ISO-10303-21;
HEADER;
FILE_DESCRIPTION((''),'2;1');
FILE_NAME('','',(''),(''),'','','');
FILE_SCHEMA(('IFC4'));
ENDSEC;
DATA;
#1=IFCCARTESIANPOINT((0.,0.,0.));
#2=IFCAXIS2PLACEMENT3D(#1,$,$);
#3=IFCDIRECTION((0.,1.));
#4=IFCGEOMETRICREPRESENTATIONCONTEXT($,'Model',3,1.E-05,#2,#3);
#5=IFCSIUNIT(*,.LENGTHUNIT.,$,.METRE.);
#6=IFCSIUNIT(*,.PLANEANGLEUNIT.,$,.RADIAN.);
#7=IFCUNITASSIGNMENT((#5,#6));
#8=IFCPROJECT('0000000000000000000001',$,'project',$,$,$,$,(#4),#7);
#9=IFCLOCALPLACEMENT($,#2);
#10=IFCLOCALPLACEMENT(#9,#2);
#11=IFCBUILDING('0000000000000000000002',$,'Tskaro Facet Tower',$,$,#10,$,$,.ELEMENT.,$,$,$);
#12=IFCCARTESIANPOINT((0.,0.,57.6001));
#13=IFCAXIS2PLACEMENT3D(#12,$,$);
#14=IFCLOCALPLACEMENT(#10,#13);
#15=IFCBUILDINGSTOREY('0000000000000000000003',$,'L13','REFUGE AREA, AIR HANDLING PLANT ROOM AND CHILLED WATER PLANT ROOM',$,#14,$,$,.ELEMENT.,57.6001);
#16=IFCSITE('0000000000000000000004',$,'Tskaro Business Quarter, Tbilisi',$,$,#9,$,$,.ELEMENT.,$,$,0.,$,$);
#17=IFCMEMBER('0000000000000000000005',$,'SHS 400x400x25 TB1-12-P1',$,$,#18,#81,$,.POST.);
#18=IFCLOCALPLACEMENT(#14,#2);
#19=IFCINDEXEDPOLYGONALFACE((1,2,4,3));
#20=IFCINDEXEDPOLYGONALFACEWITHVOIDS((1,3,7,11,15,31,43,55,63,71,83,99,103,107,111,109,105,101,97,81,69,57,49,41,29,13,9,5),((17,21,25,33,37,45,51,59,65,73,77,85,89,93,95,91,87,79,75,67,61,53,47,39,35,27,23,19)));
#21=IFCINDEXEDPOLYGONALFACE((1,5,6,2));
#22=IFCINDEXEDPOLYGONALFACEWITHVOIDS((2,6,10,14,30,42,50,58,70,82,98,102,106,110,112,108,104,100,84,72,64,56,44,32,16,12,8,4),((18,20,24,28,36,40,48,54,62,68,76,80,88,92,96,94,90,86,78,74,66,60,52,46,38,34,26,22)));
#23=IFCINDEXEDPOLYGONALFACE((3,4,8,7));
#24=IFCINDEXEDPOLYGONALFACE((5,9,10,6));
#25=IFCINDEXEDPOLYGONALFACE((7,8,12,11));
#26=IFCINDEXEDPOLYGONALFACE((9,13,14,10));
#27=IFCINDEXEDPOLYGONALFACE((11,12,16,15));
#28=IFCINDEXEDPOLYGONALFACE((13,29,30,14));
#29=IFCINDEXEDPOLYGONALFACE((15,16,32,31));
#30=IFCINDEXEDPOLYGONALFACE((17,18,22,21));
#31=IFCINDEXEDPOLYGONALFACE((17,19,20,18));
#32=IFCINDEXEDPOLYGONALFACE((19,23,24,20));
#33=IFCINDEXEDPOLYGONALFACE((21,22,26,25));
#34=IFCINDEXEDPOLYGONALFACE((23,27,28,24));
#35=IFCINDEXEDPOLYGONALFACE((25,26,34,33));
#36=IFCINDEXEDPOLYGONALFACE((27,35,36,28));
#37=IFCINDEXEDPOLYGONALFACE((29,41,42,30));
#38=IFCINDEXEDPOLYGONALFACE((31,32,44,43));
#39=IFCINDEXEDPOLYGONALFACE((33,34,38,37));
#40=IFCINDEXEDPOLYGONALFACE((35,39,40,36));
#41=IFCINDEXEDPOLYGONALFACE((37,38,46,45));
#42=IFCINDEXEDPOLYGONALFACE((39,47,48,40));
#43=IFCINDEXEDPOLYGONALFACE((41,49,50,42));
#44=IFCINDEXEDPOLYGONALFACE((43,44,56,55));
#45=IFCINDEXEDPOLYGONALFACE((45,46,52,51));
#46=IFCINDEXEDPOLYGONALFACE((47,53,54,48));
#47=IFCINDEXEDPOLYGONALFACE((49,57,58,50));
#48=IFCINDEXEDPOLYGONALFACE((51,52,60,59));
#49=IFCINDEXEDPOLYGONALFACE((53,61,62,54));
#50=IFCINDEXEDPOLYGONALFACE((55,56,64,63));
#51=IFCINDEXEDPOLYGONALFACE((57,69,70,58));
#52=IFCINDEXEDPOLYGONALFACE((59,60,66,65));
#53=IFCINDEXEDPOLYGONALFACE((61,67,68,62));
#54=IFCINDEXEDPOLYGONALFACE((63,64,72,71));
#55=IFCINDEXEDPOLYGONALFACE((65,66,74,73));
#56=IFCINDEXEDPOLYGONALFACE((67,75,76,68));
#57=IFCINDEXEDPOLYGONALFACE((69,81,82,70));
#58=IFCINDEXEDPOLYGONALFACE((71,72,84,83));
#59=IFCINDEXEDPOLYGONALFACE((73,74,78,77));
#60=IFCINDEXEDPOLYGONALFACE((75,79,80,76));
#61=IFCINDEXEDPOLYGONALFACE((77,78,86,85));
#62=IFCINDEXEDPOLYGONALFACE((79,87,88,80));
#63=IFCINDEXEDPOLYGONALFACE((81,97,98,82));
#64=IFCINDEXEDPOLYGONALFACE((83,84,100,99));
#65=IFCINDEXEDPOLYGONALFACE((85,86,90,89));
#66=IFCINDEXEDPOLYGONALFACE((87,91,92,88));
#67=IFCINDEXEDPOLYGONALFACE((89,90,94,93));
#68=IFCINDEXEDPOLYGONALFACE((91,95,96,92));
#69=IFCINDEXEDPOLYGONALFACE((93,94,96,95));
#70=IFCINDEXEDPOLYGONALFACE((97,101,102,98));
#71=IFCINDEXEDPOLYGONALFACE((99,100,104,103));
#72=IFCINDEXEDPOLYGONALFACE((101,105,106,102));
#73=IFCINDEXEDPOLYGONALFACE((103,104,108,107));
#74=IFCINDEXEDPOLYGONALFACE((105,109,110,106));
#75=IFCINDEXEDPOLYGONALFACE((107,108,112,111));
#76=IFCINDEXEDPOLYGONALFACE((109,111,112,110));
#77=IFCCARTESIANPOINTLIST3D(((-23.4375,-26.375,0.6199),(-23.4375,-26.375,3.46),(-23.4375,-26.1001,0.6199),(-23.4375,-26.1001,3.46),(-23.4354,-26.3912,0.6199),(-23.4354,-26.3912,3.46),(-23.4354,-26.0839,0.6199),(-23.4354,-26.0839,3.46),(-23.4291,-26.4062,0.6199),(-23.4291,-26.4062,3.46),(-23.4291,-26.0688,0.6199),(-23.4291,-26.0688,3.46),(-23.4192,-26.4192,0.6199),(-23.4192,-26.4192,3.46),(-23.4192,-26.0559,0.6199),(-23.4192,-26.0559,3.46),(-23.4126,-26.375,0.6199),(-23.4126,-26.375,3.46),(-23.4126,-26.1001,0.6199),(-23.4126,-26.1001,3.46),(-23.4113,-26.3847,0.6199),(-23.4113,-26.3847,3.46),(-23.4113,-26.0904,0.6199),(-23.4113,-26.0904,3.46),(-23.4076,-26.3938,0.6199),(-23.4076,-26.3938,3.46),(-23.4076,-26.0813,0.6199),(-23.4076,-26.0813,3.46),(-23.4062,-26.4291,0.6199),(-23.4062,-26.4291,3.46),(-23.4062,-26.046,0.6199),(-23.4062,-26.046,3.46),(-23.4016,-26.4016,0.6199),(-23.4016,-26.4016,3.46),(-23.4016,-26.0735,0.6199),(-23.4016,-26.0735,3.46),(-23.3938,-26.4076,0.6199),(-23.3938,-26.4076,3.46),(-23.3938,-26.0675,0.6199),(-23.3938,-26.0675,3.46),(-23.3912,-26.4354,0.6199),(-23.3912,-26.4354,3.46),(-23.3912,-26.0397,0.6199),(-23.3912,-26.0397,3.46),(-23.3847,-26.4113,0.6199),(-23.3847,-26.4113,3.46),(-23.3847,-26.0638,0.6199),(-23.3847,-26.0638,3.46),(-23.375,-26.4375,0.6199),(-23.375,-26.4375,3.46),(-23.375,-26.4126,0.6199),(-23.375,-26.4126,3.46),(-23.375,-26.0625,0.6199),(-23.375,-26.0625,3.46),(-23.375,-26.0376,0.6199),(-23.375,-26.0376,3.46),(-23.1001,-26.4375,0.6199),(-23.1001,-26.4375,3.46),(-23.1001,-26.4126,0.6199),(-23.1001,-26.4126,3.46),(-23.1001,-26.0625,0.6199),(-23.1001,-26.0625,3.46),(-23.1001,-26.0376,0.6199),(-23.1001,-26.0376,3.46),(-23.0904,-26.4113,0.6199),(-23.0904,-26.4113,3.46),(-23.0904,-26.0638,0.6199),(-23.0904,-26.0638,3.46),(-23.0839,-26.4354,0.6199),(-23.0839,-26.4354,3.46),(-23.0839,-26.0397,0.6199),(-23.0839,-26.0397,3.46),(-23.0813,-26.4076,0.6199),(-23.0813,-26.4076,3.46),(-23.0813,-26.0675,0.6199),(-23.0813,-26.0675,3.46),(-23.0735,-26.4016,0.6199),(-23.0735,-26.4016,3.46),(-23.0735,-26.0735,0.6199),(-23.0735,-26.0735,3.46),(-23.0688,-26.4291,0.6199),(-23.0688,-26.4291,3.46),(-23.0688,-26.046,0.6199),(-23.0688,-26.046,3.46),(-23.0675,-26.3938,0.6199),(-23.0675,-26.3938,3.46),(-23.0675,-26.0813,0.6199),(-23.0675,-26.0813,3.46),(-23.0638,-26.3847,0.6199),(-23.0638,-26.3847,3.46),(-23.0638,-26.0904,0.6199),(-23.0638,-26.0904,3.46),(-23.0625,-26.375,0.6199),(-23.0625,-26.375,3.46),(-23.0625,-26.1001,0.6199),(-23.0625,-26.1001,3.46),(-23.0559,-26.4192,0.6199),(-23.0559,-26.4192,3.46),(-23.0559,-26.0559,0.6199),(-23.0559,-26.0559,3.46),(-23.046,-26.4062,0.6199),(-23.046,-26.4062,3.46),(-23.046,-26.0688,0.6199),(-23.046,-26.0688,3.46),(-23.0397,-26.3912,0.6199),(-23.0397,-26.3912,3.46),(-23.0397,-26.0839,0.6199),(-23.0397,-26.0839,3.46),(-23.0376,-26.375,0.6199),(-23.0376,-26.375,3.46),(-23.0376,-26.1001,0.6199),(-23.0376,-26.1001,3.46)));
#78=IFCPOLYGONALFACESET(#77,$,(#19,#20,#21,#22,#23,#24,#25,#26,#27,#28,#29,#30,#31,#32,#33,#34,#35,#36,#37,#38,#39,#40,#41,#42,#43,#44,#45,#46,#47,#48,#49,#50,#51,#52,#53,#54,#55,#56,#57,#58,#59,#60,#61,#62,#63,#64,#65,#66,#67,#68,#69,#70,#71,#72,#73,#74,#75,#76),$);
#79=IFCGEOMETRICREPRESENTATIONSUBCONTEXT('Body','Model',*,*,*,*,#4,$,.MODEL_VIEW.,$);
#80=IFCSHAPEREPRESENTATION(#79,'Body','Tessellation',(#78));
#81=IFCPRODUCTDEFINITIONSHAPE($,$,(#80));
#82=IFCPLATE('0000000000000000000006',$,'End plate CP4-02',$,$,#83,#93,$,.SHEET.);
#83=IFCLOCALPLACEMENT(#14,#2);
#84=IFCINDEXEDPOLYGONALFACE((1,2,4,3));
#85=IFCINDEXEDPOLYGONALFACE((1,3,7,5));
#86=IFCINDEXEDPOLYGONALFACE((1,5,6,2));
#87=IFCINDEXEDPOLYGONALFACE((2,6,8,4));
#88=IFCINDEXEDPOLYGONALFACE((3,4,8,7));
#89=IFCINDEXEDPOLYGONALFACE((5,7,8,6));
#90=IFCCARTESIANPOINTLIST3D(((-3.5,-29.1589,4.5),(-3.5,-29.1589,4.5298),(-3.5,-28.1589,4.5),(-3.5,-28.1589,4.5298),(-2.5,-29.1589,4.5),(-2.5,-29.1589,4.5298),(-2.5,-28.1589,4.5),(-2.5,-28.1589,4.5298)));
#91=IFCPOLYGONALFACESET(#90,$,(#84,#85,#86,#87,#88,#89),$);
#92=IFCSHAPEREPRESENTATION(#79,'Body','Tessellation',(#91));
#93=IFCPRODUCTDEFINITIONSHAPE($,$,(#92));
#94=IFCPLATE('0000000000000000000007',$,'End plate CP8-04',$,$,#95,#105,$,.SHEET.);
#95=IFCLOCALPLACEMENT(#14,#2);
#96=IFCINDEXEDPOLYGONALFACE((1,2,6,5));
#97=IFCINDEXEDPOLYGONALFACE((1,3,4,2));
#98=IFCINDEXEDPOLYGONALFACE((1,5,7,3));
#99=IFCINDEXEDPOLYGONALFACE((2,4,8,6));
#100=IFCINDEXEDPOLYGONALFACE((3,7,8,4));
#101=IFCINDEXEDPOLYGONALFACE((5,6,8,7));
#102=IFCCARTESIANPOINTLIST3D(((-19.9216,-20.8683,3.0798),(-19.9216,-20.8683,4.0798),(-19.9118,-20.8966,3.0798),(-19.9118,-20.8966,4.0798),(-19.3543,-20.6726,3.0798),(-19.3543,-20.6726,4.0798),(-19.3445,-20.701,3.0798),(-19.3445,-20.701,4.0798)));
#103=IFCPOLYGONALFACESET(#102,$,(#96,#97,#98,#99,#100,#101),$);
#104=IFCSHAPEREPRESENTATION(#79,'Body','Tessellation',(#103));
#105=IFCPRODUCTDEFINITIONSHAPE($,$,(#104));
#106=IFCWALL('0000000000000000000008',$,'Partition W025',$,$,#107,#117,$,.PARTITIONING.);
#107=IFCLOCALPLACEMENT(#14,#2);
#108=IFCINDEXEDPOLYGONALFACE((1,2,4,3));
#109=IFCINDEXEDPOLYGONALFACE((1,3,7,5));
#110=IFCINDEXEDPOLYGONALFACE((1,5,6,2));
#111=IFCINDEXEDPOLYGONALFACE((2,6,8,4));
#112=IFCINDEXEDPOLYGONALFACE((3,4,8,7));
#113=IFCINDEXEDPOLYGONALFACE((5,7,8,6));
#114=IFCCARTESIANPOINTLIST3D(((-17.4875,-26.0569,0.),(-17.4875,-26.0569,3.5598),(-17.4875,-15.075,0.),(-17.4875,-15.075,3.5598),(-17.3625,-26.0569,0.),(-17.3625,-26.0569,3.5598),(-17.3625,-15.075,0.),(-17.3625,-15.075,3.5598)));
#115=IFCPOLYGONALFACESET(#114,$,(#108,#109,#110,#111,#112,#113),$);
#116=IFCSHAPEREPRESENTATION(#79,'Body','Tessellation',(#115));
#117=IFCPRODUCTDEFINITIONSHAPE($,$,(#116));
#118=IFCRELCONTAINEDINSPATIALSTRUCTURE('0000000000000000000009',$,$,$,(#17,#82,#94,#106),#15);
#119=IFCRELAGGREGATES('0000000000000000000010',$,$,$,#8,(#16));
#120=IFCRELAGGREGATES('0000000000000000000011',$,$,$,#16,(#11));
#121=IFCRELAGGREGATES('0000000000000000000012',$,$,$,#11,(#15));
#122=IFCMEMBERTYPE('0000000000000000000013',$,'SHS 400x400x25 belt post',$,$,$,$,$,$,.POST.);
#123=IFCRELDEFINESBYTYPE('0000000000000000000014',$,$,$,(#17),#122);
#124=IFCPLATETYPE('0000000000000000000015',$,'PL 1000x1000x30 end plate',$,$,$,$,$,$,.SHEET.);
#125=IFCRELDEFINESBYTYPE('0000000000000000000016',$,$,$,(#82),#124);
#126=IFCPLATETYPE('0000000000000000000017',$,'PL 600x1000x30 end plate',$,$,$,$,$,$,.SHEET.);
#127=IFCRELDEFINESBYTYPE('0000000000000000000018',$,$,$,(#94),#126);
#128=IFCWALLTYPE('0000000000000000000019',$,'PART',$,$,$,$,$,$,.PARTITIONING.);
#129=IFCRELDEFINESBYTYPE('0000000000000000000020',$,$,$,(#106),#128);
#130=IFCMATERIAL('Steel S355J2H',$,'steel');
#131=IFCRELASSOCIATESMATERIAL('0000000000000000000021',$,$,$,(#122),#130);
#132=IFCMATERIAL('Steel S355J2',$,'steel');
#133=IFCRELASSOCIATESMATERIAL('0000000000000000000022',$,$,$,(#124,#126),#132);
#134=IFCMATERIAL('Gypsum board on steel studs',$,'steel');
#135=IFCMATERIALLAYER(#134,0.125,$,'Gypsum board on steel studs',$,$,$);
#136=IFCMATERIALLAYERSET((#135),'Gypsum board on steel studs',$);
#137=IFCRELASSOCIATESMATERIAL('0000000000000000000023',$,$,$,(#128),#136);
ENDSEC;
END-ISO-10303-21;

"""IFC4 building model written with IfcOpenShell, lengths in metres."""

from ifc_helpers import new_model, si_unit, direction, frame, frame_2d, origin, origin_2d, place, context, subcontext, project, spatial, rectangle, hollow_rectangle, extrude, material, layer, layer_set, material_profile, profile_set, type_object, element, save


model = new_model("IFC4")

# Units and contexts
model_context = context("Model", 3, precision=1e-05, world=origin(), true_north=direction((0.0, 1.0)))
body_context = subcontext(model_context, "Body", "Model", "MODEL_VIEW")
ifc_project = project(units=[si_unit("LENGTHUNIT", "METRE"), si_unit("PLANEANGLEUNIT", "RADIAN")], contexts=[model_context])

# Site, building, storey
site_placement = place(None, origin())
site = spatial("IfcSite", under=ifc_project, at=site_placement, Name="Tskaro Business Quarter, Tbilisi", CompositionType="ELEMENT", RefElevation=0.0)
building_placement = place(site_placement, origin())
building = spatial("IfcBuilding", under=site, at=building_placement, Name="Tskaro Facet Tower", CompositionType="ELEMENT")
storey_placement = place(building_placement, frame((0.0, 0.0, 57.6001)))
storey = spatial("IfcBuildingStorey", under=building, at=storey_placement, Name="L13", Description="REFUGE AREA, AIR HANDLING PLANT ROOM AND CHILLED WATER PLANT ROOM", CompositionType="ELEMENT", Elevation=57.6001)

# Shared definitions
ifc_material_1 = material(Name="Steel S355J2H", Category="steel")

# Shared definitions
ifc_material_2 = material(Name="Steel S355J2", Category="steel")

# Member
ifc_material_profile_1 = material_profile(ifc_material_1, hollow_rectangle(XDim=0.3999, YDim=0.3999, WallThickness=0.0249, InnerFilletRadius=0.0376, OuterFilletRadius=0.0625, at=origin_2d()), Name="SHS 400x400x25")
ifc_profile_set_1 = profile_set([ifc_material_profile_1], Name="Steel S355J2H")
member_type_1 = type_object("IfcMemberType", Name="SHS 400x400x25 belt post", PredefinedType="POST", material=ifc_profile_set_1)
for number, where, z_axis, x_axis, name in (
    (1, (-23.2375, -26.2375, 0.6199), (0.0, 0.0, 1.0), (1.0, 0.0, 0.0), "SHS 400x400x25 TB1-12-P1"),
):
    element("IfcMember", number, at=place(storey_placement, frame(where, z_axis=z_axis, x_axis=x_axis)), inside=storey, type_object=member_type_1, Name=name, PredefinedType="POST", context=body_context, shape_type="SweptSolid", body=[
        extrude(hollow_rectangle(XDim=0.3999, YDim=0.3999, WallThickness=0.0249, InnerFilletRadius=0.0376, OuterFilletRadius=0.0625, at=origin_2d()), origin(), (0.0, 0.0, 1.0), 2.8401),
    ])

# Plates
ifc_material_profile_2 = material_profile(ifc_material_2, rectangle(XDim=1.0, YDim=1.0, at=origin_2d()), Name="PL 1000x1000x30 end plate")
ifc_profile_set_2 = profile_set([ifc_material_profile_2], Name="Steel S355J2")
plate_type_1 = type_object("IfcPlateType", Name="PL 1000x1000x30 end plate", PredefinedType="SHEET", material=ifc_profile_set_2)
plate_1_placement = place(storey_placement, frame((-3.0, -28.6589, 4.5), z_axis=(0.0, 0.0, 1.0), x_axis=(1.0, 0.0, 0.0)))
element("IfcPlate", 2, at=plate_1_placement, inside=storey, type_object=plate_type_1, Name="End plate CP4-02", PredefinedType="SHEET", context=body_context, shape_type="SweptSolid", body=[
    extrude(rectangle(XDim=1.0, YDim=1.0, at=origin_2d()), origin(), (0.0, 0.0, 1.0), 0.0298),
])
ifc_material_profile_3 = material_profile(ifc_material_2, rectangle(XDim=0.6001, YDim=1.0, at=origin_2d()), Name="PL 600x1000x30 end plate")
ifc_profile_set_3 = profile_set([ifc_material_profile_3], Name="Steel S355J2")
plate_type_2 = type_object("IfcPlateType", Name="PL 600x1000x30 end plate", PredefinedType="SHEET", material=ifc_profile_set_3)
plate_2_placement = place(storey_placement, frame((-19.6282, -20.7988, 3.5798), z_axis=(-0.325991, 0.945373, 0.0), x_axis=(-0.945373, -0.325991, 0.0)))
element("IfcPlate", 3, at=plate_2_placement, inside=storey, type_object=plate_type_2, Name="End plate CP8-04", PredefinedType="SHEET", context=body_context, shape_type="SweptSolid", body=[
    extrude(rectangle(XDim=0.6001, YDim=1.0, at=origin_2d()), origin(), (0.0, 0.0, 1.0), 0.03),
])

# Wall
ifc_material_3 = material(Name="Gypsum board on steel studs", Category="steel")
ifc_layer = layer(ifc_material_3, 0.125, Name="Gypsum board on steel studs")
ifc_layer_set = layer_set([ifc_layer], Name="Gypsum board on steel studs")
wall_type = type_object("IfcWallType", Name="PART", PredefinedType="PARTITIONING", material=ifc_layer_set)
wall_placement = place(storey_placement, frame((-17.425, -26.0569, 0.0), z_axis=(0.0, 0.0, 1.0), x_axis=(0.0, 1.0, 0.0)))
element("IfcWall", 4, at=wall_placement, inside=storey, type_object=wall_type, Name="Partition W025", PredefinedType="PARTITIONING", context=body_context, shape_type="SweptSolid", body=[
    extrude(rectangle(XDim=10.9819, YDim=0.125, at=frame_2d((5.491, 0.0))), origin(), (0.0, 0.0, 1.0), 3.5598),
])

save(model, "model.ifc")
